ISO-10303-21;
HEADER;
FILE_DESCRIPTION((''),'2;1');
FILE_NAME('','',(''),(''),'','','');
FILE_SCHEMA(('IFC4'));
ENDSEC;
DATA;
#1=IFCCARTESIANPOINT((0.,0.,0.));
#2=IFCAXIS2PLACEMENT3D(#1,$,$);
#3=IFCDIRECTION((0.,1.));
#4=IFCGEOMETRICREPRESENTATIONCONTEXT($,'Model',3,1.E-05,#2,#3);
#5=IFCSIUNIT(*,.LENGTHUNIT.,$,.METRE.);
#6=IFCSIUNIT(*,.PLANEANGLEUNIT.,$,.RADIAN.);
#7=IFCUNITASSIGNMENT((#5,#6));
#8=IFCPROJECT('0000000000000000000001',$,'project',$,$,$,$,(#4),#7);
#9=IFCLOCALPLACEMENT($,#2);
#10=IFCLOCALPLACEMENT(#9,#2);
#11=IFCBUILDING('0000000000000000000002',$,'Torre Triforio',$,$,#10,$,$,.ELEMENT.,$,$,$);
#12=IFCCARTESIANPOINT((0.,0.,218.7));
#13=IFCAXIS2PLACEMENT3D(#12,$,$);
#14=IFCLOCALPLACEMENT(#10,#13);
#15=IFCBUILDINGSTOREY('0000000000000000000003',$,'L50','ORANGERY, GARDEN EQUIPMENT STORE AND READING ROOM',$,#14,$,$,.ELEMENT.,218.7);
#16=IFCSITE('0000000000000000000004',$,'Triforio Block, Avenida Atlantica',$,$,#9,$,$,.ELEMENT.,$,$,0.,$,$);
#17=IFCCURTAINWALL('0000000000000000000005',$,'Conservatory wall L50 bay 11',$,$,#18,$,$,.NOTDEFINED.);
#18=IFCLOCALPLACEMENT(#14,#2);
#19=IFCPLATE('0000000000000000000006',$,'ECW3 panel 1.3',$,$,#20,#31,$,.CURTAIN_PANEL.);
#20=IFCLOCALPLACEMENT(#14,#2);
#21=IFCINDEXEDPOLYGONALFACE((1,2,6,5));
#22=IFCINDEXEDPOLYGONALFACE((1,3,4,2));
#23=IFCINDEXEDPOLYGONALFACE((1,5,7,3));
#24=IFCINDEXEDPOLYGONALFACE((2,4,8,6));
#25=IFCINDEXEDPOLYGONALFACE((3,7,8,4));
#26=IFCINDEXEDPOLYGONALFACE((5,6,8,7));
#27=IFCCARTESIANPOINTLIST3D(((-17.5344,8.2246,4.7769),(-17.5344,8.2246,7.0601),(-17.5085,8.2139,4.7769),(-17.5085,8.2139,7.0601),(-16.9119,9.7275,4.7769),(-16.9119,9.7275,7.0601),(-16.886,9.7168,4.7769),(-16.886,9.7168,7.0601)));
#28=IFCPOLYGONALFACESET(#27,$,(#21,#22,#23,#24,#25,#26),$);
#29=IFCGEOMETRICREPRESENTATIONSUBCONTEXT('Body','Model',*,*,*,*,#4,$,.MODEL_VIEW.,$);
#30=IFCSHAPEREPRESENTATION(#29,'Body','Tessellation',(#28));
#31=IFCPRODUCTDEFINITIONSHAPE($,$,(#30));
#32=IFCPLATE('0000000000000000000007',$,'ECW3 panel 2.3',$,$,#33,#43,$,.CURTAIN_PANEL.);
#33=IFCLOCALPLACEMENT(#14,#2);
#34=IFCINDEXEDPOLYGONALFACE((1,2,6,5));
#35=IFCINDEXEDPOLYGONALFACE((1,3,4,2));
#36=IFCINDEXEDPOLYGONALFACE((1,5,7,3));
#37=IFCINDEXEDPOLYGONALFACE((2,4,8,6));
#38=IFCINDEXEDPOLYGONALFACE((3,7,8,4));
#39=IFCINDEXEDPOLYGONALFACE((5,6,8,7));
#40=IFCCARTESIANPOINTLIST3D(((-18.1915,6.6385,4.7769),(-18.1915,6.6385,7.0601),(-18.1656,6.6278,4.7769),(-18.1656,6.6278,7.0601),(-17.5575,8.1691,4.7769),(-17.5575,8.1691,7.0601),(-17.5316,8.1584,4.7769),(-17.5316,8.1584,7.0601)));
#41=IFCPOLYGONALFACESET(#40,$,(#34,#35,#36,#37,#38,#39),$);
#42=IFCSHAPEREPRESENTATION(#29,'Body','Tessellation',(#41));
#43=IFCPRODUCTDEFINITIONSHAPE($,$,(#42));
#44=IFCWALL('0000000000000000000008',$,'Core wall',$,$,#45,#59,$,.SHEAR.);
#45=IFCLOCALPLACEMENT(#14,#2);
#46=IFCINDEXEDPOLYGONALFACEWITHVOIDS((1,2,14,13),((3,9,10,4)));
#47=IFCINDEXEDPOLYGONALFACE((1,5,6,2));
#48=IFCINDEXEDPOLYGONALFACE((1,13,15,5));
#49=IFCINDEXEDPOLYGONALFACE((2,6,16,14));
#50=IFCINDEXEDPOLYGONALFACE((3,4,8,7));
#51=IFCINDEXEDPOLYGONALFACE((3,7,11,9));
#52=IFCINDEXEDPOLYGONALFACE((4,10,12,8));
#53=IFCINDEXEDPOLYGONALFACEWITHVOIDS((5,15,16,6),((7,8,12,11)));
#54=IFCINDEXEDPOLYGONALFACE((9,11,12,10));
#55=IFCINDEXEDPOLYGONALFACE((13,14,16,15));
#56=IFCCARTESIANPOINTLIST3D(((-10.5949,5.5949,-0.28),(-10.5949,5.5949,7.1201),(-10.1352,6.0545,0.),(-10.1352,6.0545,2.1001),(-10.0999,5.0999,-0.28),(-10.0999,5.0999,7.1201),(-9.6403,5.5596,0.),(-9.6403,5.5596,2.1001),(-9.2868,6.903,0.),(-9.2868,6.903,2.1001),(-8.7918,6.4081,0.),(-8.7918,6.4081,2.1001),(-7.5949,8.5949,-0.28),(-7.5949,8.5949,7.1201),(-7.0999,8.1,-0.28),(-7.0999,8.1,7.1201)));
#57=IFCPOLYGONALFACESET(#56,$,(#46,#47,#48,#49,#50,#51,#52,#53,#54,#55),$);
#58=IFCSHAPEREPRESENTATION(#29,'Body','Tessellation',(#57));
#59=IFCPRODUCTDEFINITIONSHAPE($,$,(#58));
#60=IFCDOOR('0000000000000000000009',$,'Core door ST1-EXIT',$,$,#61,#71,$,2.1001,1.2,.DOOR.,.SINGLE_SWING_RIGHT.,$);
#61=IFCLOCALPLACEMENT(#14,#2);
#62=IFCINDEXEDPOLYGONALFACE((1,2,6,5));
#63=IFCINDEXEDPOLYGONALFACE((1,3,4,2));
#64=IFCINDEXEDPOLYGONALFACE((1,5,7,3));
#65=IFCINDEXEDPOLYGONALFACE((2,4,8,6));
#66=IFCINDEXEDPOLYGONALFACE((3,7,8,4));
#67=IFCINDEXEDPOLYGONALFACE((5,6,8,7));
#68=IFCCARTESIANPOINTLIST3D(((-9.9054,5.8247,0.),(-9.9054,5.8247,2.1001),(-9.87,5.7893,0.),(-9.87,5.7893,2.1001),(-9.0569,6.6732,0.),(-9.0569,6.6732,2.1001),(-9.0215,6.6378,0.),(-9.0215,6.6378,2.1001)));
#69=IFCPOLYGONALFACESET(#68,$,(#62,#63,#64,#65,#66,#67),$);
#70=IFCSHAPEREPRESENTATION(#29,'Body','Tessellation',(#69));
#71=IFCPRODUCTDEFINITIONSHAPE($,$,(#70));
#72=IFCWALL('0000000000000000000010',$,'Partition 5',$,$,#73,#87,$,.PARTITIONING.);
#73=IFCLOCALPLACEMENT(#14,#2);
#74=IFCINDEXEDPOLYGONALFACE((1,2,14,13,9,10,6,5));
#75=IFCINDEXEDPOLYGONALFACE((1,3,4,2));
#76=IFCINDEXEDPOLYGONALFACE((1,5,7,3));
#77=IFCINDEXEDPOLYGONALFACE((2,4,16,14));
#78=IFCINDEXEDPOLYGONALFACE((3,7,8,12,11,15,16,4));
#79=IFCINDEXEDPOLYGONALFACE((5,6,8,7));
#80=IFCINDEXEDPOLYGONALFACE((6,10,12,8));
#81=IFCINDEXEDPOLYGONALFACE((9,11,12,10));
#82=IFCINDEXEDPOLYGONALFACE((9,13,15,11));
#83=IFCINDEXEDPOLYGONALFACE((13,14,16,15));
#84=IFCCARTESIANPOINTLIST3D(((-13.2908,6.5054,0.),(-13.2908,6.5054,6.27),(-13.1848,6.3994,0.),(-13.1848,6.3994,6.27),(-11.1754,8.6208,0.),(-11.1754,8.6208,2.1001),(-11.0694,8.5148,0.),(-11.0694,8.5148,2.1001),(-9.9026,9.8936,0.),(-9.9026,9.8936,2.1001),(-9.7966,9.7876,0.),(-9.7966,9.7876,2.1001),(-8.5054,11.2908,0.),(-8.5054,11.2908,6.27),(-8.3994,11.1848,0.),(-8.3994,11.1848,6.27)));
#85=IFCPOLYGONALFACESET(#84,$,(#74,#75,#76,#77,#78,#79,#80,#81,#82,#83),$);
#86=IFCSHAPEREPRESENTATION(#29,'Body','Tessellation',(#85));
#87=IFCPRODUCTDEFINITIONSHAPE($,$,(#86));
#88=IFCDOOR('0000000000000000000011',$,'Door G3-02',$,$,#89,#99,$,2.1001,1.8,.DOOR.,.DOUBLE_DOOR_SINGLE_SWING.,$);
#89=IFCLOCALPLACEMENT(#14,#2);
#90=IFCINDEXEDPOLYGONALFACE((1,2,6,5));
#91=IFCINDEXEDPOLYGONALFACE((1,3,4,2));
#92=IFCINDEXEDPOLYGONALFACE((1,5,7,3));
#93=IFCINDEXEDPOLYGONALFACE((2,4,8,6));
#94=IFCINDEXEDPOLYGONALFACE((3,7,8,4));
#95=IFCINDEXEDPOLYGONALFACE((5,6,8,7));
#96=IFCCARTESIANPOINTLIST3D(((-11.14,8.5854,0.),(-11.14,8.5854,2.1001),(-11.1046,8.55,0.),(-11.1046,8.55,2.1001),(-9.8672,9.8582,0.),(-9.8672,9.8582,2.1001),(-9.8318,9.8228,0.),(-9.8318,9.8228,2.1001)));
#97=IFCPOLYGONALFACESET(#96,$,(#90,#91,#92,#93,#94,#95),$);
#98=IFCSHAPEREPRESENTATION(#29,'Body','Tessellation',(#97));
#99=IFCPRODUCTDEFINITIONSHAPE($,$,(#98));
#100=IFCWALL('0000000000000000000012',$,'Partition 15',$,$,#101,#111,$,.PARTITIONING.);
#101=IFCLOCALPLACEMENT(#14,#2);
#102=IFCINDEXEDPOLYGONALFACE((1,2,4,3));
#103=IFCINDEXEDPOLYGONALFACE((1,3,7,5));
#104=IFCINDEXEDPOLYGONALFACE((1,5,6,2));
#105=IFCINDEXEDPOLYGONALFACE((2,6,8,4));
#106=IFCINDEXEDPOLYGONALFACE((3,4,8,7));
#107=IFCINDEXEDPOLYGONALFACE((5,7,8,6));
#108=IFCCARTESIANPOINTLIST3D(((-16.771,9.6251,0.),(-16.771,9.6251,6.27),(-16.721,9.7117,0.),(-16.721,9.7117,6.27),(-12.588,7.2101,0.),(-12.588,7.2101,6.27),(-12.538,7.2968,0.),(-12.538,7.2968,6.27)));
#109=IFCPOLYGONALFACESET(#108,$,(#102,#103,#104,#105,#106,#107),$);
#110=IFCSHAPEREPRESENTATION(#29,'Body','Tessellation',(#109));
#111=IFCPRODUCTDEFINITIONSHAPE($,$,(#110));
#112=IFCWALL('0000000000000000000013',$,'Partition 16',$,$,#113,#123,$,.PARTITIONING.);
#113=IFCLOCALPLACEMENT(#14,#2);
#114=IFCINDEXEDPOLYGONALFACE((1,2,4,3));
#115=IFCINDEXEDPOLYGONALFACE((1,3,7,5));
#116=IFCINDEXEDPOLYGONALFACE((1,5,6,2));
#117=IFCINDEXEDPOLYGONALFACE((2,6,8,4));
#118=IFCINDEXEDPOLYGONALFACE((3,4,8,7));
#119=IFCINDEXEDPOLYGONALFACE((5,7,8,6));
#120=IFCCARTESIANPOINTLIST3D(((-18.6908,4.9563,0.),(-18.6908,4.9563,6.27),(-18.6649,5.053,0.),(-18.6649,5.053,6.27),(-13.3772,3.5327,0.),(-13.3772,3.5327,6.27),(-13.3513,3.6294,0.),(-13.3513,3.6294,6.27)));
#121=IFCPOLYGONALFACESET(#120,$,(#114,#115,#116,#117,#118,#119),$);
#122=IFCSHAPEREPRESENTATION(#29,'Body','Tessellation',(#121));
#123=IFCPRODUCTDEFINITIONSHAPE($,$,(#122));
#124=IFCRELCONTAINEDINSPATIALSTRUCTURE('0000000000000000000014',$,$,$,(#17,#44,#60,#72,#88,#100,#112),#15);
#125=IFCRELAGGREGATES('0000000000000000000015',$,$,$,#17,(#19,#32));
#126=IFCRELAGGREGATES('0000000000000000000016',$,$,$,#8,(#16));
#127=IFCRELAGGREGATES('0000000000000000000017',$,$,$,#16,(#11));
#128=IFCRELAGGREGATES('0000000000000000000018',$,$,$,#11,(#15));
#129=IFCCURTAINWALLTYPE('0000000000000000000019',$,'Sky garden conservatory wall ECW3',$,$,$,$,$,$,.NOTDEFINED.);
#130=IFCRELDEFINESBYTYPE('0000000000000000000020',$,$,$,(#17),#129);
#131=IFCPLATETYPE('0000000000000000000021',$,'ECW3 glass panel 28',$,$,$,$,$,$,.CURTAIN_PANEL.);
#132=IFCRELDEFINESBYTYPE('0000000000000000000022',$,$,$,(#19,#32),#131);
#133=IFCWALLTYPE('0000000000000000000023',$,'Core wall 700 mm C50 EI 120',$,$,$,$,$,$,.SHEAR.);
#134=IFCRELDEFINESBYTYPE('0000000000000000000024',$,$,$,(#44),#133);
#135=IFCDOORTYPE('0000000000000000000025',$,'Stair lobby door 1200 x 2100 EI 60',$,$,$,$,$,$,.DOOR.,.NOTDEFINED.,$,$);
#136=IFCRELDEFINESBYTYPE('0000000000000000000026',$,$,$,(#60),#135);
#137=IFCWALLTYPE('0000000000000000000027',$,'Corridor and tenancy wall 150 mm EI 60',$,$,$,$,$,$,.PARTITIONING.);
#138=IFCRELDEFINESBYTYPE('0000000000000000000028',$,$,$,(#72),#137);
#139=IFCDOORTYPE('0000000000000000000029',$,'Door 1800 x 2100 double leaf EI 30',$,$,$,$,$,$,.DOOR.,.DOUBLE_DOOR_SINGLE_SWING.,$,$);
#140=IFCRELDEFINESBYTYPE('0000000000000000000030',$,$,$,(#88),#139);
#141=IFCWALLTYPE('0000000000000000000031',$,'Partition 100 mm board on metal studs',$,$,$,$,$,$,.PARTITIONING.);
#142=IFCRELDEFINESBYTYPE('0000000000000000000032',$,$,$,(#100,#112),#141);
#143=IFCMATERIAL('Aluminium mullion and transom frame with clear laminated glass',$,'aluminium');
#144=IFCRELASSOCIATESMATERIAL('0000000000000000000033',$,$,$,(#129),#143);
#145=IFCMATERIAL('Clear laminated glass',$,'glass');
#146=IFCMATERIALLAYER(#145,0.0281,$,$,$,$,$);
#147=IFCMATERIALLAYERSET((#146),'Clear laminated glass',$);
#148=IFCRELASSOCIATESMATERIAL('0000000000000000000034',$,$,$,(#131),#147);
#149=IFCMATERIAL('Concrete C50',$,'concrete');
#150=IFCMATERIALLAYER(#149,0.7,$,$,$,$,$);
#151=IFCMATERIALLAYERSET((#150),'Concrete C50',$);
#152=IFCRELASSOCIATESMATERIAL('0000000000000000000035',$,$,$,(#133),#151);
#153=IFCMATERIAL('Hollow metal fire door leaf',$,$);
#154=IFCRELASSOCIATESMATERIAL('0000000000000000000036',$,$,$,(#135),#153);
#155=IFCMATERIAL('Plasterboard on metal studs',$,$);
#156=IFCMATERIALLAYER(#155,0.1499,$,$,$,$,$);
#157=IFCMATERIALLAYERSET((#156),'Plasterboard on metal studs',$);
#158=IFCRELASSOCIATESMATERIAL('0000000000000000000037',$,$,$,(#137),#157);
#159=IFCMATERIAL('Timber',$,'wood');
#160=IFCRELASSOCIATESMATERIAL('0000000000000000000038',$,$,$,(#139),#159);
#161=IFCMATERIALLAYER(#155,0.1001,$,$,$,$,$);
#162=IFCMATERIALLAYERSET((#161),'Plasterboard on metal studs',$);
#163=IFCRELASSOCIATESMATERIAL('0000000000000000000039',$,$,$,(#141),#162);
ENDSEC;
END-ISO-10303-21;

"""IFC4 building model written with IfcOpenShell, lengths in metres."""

from ifc_helpers import new_model, si_unit, direction, frame, frame_2d, origin, origin_2d, place, context, subcontext, project, spatial, rectangle, extrude, material, layer, layer_set, type_object, element, fill, aggregate, save


model = new_model("IFC4")

# Units and contexts
model_context = context("Model", 3, precision=1e-05, world=origin(), true_north=direction((0.0, 1.0)))
body_context = subcontext(model_context, "Body", "Model", "MODEL_VIEW")
ifc_project = project(units=[si_unit("LENGTHUNIT", "METRE"), si_unit("PLANEANGLEUNIT", "RADIAN")], contexts=[model_context])

# Site, building, storey
site_placement = place(None, origin())
site = spatial("IfcSite", under=ifc_project, at=site_placement, Name="Triforio Block, Avenida Atlantica", CompositionType="ELEMENT", RefElevation=0.0)
building_placement = place(site_placement, origin())
building = spatial("IfcBuilding", under=site, at=building_placement, Name="Torre Triforio", CompositionType="ELEMENT")
storey_placement = place(building_placement, frame((0.0, 0.0, 218.7)))
storey = spatial("IfcBuildingStorey", under=building, at=storey_placement, Name="L50", Description="ORANGERY, GARDEN EQUIPMENT STORE AND READING ROOM", CompositionType="ELEMENT", Elevation=218.7)

# Curtain wall
ifc_material_1 = material(Name="Aluminium mullion and transom frame with clear laminated glass", Category="aluminium")
curtain_wall_type = type_object("IfcCurtainWallType", Name="Sky garden conservatory wall ECW3", PredefinedType="NOTDEFINED", material=ifc_material_1)
curtain_wall_placement = place(storey_placement, origin())
curtain_wall = element("IfcCurtainWall", 1, at=curtain_wall_placement, inside=storey, type_object=curtain_wall_type, Name="Conservatory wall L50 bay 11", PredefinedType="NOTDEFINED")

# Plates
ifc_material_2 = material(Name="Clear laminated glass", Category="glass")
ifc_layer_1 = layer(ifc_material_2, 0.0281)
ifc_layer_set_1 = layer_set([ifc_layer_1], Name="Clear laminated glass")
plate_type = type_object("IfcPlateType", Name="ECW3 glass panel 28", PredefinedType="CURTAIN_PANEL", material=ifc_layer_set_1)
plate_1_placement = place(storey_placement, frame((-17.2102, 8.9707, 4.7769), z_axis=(0.0, 0.0, 1.0), x_axis=(-0.382684, -0.923879, 0.0)))
plate_1 = element("IfcPlate", 2, at=plate_1_placement, type_object=plate_type, Name="ECW3 panel 1.3", PredefinedType="CURTAIN_PANEL", context=body_context, shape_type="SweptSolid", body=[
    extrude(rectangle(XDim=1.6267, YDim=0.0281, at=origin_2d()), origin(), (0.0, 0.0, 1.0), 2.2832),
])
plate_2_placement = place(storey_placement, frame((-17.8616, 7.3984, 4.7769), z_axis=(0.0, 0.0, 1.0), x_axis=(-0.382684, -0.923879, 0.0)))
plate_2 = element("IfcPlate", 3, at=plate_2_placement, type_object=plate_type, Name="ECW3 panel 2.3", PredefinedType="CURTAIN_PANEL", context=body_context, shape_type="SweptSolid", body=[
    extrude(rectangle(XDim=1.6567, YDim=0.0281, at=origin_2d()), origin(), (0.0, 0.0, 1.0), 2.2832),
])
aggregate(curtain_wall, [plate_1, plate_2])

# Walls, openings, doors
ifc_material_3 = material(Name="Concrete C50", Category="concrete")
ifc_layer_2 = layer(ifc_material_3, 0.7)
ifc_layer_set_2 = layer_set([ifc_layer_2], Name="Concrete C50")
wall_type_1 = type_object("IfcWallType", Name="Core wall 700 mm C50 EI 120", PredefinedType="SHEAR", material=ifc_layer_set_2)
wall_1_placement = place(storey_placement, frame((-10.3474, 5.3474, -0.28), z_axis=(0.0, 0.0, 1.0), x_axis=(0.707107, 0.707107, 0.0)))
wall_1 = element("IfcWall", 4, at=wall_1_placement, inside=storey, type_object=wall_type_1, Name="Core wall", PredefinedType="SHEAR", context=body_context, shape_type="SweptSolid", body=[
    extrude(rectangle(XDim=4.2427, YDim=0.7, at=frame_2d((2.1213, 0.0))), origin(), (0.0, 0.0, 1.0), 7.4001),
])
opening_1_placement = place(wall_1_placement, frame((0.6499, 0.0, 0.28)))
opening_1 = element("IfcOpeningElement", 5, at=opening_1_placement, cuts=wall_1, PredefinedType="OPENING", context=body_context, shape_type="SweptSolid", body=[
    extrude(rectangle(XDim=1.2, YDim=2.1001, at=frame_2d((0.6001, 1.05))), frame((0.0, 0.3599, 0.0), z_axis=(0.0, -1.0, 0.0), x_axis=(1.0, 0.0, 0.0)), (0.0, 0.0, 1.0), 0.72),
])
ifc_material_4 = material(Name="Hollow metal fire door leaf")
door_type_1 = type_object("IfcDoorType", Name="Stair lobby door 1200 x 2100 EI 60", OperationType="NOTDEFINED", PredefinedType="DOOR", material=ifc_material_4)
door_1_placement = place(opening_1_placement, origin())
door_1 = element("IfcDoor", 6, at=door_1_placement, inside=storey, type_object=door_type_1, Name="Core door ST1-EXIT", OperationType="SINGLE_SWING_RIGHT", OverallHeight=2.1001, OverallWidth=1.2, PredefinedType="DOOR", context=body_context, shape_type="SweptSolid", body=[
    extrude(rectangle(XDim=1.2, YDim=2.1001, at=frame_2d((0.6001, 1.05))), frame((0.0, 0.0249, 0.0), z_axis=(0.0, -1.0, 0.0), x_axis=(1.0, 0.0, 0.0)), (0.0, 0.0, 1.0), 0.05),
])
fill(opening_1, door_1)
ifc_material_5 = material(Name="Plasterboard on metal studs")
ifc_layer_3 = layer(ifc_material_5, 0.1499)
ifc_layer_set_3 = layer_set([ifc_layer_3], Name="Plasterboard on metal studs")
wall_type_2 = type_object("IfcWallType", Name="Corridor and tenancy wall 150 mm EI 60", PredefinedType="PARTITIONING", material=ifc_layer_set_3)
wall_2_placement = place(storey_placement, frame((-13.2378, 6.4524, 0.0), z_axis=(0.0, 0.0, 1.0), x_axis=(0.707107, 0.707107, 0.0)))
wall_2 = element("IfcWall", 7, at=wall_2_placement, inside=storey, type_object=wall_type_2, Name="Partition 5", PredefinedType="PARTITIONING", context=body_context, shape_type="SweptSolid", body=[
    extrude(rectangle(XDim=6.7676, YDim=0.1499, at=frame_2d((3.3838, 0.0))), origin(), (0.0, 0.0, 1.0), 6.27),
])
opening_2_placement = place(wall_2_placement, frame((2.9917, 0.0, 0.0)))
opening_2 = element("IfcOpeningElement", 8, at=opening_2_placement, cuts=wall_2, PredefinedType="OPENING", context=body_context, shape_type="SweptSolid", body=[
    extrude(rectangle(XDim=1.8, YDim=2.1001, at=frame_2d((0.8999, 1.05))), frame((0.0, 0.085, 0.0), z_axis=(0.0, -1.0, 0.0), x_axis=(1.0, 0.0, 0.0)), (0.0, 0.0, 1.0), 0.1699),
])
ifc_material_6 = material(Name="Timber", Category="wood")
door_type_2 = type_object("IfcDoorType", Name="Door 1800 x 2100 double leaf EI 30", OperationType="DOUBLE_DOOR_SINGLE_SWING", PredefinedType="DOOR", material=ifc_material_6)
door_2_placement = place(opening_2_placement, origin())
door_2 = element("IfcDoor", 9, at=door_2_placement, inside=storey, type_object=door_type_2, Name="Door G3-02", OperationType="DOUBLE_DOOR_SINGLE_SWING", OverallHeight=2.1001, OverallWidth=1.8, PredefinedType="DOOR", context=body_context, shape_type="SweptSolid", body=[
    extrude(rectangle(XDim=1.8, YDim=2.1001, at=frame_2d((0.8999, 1.05))), frame((0.0, 0.0249, 0.0), z_axis=(0.0, -1.0, 0.0), x_axis=(1.0, 0.0, 0.0)), (0.0, 0.0, 1.0), 0.05),
])
fill(opening_2, door_2)

# Walls
ifc_layer_4 = layer(ifc_material_5, 0.1001)
ifc_layer_set_4 = layer_set([ifc_layer_4], Name="Plasterboard on metal studs")
wall_type_3 = type_object("IfcWallType", Name="Partition 100 mm board on metal studs", PredefinedType="PARTITIONING", material=ifc_layer_set_4)
wall_3_placement = place(storey_placement, frame((-12.563, 7.2534, 0.0), z_axis=(0.0, 0.0, 1.0), x_axis=(-0.866032, 0.499988, 0.0)))
element("IfcWall", 10, at=wall_3_placement, inside=storey, type_object=wall_type_3, Name="Partition 15", PredefinedType="PARTITIONING", context=body_context, shape_type="SweptSolid", body=[
    extrude(rectangle(XDim=4.8301, YDim=0.1001, at=frame_2d((2.415, 0.0))), origin(), (0.0, 0.0, 1.0), 6.27),
])
wall_4_placement = place(storey_placement, frame((-13.3643, 3.5811, 0.0), z_axis=(0.0, 0.0, 1.0), x_axis=(-0.965933, 0.258792, 0.0)))
element("IfcWall", 11, at=wall_4_placement, inside=storey, type_object=wall_type_3, Name="Partition 16", PredefinedType="PARTITIONING", context=body_context, shape_type="SweptSolid", body=[
    extrude(rectangle(XDim=5.501, YDim=0.1001, at=frame_2d((2.7505, 0.0))), origin(), (0.0, 0.0, 1.0), 6.27),
])

save(model, "model.ifc")
